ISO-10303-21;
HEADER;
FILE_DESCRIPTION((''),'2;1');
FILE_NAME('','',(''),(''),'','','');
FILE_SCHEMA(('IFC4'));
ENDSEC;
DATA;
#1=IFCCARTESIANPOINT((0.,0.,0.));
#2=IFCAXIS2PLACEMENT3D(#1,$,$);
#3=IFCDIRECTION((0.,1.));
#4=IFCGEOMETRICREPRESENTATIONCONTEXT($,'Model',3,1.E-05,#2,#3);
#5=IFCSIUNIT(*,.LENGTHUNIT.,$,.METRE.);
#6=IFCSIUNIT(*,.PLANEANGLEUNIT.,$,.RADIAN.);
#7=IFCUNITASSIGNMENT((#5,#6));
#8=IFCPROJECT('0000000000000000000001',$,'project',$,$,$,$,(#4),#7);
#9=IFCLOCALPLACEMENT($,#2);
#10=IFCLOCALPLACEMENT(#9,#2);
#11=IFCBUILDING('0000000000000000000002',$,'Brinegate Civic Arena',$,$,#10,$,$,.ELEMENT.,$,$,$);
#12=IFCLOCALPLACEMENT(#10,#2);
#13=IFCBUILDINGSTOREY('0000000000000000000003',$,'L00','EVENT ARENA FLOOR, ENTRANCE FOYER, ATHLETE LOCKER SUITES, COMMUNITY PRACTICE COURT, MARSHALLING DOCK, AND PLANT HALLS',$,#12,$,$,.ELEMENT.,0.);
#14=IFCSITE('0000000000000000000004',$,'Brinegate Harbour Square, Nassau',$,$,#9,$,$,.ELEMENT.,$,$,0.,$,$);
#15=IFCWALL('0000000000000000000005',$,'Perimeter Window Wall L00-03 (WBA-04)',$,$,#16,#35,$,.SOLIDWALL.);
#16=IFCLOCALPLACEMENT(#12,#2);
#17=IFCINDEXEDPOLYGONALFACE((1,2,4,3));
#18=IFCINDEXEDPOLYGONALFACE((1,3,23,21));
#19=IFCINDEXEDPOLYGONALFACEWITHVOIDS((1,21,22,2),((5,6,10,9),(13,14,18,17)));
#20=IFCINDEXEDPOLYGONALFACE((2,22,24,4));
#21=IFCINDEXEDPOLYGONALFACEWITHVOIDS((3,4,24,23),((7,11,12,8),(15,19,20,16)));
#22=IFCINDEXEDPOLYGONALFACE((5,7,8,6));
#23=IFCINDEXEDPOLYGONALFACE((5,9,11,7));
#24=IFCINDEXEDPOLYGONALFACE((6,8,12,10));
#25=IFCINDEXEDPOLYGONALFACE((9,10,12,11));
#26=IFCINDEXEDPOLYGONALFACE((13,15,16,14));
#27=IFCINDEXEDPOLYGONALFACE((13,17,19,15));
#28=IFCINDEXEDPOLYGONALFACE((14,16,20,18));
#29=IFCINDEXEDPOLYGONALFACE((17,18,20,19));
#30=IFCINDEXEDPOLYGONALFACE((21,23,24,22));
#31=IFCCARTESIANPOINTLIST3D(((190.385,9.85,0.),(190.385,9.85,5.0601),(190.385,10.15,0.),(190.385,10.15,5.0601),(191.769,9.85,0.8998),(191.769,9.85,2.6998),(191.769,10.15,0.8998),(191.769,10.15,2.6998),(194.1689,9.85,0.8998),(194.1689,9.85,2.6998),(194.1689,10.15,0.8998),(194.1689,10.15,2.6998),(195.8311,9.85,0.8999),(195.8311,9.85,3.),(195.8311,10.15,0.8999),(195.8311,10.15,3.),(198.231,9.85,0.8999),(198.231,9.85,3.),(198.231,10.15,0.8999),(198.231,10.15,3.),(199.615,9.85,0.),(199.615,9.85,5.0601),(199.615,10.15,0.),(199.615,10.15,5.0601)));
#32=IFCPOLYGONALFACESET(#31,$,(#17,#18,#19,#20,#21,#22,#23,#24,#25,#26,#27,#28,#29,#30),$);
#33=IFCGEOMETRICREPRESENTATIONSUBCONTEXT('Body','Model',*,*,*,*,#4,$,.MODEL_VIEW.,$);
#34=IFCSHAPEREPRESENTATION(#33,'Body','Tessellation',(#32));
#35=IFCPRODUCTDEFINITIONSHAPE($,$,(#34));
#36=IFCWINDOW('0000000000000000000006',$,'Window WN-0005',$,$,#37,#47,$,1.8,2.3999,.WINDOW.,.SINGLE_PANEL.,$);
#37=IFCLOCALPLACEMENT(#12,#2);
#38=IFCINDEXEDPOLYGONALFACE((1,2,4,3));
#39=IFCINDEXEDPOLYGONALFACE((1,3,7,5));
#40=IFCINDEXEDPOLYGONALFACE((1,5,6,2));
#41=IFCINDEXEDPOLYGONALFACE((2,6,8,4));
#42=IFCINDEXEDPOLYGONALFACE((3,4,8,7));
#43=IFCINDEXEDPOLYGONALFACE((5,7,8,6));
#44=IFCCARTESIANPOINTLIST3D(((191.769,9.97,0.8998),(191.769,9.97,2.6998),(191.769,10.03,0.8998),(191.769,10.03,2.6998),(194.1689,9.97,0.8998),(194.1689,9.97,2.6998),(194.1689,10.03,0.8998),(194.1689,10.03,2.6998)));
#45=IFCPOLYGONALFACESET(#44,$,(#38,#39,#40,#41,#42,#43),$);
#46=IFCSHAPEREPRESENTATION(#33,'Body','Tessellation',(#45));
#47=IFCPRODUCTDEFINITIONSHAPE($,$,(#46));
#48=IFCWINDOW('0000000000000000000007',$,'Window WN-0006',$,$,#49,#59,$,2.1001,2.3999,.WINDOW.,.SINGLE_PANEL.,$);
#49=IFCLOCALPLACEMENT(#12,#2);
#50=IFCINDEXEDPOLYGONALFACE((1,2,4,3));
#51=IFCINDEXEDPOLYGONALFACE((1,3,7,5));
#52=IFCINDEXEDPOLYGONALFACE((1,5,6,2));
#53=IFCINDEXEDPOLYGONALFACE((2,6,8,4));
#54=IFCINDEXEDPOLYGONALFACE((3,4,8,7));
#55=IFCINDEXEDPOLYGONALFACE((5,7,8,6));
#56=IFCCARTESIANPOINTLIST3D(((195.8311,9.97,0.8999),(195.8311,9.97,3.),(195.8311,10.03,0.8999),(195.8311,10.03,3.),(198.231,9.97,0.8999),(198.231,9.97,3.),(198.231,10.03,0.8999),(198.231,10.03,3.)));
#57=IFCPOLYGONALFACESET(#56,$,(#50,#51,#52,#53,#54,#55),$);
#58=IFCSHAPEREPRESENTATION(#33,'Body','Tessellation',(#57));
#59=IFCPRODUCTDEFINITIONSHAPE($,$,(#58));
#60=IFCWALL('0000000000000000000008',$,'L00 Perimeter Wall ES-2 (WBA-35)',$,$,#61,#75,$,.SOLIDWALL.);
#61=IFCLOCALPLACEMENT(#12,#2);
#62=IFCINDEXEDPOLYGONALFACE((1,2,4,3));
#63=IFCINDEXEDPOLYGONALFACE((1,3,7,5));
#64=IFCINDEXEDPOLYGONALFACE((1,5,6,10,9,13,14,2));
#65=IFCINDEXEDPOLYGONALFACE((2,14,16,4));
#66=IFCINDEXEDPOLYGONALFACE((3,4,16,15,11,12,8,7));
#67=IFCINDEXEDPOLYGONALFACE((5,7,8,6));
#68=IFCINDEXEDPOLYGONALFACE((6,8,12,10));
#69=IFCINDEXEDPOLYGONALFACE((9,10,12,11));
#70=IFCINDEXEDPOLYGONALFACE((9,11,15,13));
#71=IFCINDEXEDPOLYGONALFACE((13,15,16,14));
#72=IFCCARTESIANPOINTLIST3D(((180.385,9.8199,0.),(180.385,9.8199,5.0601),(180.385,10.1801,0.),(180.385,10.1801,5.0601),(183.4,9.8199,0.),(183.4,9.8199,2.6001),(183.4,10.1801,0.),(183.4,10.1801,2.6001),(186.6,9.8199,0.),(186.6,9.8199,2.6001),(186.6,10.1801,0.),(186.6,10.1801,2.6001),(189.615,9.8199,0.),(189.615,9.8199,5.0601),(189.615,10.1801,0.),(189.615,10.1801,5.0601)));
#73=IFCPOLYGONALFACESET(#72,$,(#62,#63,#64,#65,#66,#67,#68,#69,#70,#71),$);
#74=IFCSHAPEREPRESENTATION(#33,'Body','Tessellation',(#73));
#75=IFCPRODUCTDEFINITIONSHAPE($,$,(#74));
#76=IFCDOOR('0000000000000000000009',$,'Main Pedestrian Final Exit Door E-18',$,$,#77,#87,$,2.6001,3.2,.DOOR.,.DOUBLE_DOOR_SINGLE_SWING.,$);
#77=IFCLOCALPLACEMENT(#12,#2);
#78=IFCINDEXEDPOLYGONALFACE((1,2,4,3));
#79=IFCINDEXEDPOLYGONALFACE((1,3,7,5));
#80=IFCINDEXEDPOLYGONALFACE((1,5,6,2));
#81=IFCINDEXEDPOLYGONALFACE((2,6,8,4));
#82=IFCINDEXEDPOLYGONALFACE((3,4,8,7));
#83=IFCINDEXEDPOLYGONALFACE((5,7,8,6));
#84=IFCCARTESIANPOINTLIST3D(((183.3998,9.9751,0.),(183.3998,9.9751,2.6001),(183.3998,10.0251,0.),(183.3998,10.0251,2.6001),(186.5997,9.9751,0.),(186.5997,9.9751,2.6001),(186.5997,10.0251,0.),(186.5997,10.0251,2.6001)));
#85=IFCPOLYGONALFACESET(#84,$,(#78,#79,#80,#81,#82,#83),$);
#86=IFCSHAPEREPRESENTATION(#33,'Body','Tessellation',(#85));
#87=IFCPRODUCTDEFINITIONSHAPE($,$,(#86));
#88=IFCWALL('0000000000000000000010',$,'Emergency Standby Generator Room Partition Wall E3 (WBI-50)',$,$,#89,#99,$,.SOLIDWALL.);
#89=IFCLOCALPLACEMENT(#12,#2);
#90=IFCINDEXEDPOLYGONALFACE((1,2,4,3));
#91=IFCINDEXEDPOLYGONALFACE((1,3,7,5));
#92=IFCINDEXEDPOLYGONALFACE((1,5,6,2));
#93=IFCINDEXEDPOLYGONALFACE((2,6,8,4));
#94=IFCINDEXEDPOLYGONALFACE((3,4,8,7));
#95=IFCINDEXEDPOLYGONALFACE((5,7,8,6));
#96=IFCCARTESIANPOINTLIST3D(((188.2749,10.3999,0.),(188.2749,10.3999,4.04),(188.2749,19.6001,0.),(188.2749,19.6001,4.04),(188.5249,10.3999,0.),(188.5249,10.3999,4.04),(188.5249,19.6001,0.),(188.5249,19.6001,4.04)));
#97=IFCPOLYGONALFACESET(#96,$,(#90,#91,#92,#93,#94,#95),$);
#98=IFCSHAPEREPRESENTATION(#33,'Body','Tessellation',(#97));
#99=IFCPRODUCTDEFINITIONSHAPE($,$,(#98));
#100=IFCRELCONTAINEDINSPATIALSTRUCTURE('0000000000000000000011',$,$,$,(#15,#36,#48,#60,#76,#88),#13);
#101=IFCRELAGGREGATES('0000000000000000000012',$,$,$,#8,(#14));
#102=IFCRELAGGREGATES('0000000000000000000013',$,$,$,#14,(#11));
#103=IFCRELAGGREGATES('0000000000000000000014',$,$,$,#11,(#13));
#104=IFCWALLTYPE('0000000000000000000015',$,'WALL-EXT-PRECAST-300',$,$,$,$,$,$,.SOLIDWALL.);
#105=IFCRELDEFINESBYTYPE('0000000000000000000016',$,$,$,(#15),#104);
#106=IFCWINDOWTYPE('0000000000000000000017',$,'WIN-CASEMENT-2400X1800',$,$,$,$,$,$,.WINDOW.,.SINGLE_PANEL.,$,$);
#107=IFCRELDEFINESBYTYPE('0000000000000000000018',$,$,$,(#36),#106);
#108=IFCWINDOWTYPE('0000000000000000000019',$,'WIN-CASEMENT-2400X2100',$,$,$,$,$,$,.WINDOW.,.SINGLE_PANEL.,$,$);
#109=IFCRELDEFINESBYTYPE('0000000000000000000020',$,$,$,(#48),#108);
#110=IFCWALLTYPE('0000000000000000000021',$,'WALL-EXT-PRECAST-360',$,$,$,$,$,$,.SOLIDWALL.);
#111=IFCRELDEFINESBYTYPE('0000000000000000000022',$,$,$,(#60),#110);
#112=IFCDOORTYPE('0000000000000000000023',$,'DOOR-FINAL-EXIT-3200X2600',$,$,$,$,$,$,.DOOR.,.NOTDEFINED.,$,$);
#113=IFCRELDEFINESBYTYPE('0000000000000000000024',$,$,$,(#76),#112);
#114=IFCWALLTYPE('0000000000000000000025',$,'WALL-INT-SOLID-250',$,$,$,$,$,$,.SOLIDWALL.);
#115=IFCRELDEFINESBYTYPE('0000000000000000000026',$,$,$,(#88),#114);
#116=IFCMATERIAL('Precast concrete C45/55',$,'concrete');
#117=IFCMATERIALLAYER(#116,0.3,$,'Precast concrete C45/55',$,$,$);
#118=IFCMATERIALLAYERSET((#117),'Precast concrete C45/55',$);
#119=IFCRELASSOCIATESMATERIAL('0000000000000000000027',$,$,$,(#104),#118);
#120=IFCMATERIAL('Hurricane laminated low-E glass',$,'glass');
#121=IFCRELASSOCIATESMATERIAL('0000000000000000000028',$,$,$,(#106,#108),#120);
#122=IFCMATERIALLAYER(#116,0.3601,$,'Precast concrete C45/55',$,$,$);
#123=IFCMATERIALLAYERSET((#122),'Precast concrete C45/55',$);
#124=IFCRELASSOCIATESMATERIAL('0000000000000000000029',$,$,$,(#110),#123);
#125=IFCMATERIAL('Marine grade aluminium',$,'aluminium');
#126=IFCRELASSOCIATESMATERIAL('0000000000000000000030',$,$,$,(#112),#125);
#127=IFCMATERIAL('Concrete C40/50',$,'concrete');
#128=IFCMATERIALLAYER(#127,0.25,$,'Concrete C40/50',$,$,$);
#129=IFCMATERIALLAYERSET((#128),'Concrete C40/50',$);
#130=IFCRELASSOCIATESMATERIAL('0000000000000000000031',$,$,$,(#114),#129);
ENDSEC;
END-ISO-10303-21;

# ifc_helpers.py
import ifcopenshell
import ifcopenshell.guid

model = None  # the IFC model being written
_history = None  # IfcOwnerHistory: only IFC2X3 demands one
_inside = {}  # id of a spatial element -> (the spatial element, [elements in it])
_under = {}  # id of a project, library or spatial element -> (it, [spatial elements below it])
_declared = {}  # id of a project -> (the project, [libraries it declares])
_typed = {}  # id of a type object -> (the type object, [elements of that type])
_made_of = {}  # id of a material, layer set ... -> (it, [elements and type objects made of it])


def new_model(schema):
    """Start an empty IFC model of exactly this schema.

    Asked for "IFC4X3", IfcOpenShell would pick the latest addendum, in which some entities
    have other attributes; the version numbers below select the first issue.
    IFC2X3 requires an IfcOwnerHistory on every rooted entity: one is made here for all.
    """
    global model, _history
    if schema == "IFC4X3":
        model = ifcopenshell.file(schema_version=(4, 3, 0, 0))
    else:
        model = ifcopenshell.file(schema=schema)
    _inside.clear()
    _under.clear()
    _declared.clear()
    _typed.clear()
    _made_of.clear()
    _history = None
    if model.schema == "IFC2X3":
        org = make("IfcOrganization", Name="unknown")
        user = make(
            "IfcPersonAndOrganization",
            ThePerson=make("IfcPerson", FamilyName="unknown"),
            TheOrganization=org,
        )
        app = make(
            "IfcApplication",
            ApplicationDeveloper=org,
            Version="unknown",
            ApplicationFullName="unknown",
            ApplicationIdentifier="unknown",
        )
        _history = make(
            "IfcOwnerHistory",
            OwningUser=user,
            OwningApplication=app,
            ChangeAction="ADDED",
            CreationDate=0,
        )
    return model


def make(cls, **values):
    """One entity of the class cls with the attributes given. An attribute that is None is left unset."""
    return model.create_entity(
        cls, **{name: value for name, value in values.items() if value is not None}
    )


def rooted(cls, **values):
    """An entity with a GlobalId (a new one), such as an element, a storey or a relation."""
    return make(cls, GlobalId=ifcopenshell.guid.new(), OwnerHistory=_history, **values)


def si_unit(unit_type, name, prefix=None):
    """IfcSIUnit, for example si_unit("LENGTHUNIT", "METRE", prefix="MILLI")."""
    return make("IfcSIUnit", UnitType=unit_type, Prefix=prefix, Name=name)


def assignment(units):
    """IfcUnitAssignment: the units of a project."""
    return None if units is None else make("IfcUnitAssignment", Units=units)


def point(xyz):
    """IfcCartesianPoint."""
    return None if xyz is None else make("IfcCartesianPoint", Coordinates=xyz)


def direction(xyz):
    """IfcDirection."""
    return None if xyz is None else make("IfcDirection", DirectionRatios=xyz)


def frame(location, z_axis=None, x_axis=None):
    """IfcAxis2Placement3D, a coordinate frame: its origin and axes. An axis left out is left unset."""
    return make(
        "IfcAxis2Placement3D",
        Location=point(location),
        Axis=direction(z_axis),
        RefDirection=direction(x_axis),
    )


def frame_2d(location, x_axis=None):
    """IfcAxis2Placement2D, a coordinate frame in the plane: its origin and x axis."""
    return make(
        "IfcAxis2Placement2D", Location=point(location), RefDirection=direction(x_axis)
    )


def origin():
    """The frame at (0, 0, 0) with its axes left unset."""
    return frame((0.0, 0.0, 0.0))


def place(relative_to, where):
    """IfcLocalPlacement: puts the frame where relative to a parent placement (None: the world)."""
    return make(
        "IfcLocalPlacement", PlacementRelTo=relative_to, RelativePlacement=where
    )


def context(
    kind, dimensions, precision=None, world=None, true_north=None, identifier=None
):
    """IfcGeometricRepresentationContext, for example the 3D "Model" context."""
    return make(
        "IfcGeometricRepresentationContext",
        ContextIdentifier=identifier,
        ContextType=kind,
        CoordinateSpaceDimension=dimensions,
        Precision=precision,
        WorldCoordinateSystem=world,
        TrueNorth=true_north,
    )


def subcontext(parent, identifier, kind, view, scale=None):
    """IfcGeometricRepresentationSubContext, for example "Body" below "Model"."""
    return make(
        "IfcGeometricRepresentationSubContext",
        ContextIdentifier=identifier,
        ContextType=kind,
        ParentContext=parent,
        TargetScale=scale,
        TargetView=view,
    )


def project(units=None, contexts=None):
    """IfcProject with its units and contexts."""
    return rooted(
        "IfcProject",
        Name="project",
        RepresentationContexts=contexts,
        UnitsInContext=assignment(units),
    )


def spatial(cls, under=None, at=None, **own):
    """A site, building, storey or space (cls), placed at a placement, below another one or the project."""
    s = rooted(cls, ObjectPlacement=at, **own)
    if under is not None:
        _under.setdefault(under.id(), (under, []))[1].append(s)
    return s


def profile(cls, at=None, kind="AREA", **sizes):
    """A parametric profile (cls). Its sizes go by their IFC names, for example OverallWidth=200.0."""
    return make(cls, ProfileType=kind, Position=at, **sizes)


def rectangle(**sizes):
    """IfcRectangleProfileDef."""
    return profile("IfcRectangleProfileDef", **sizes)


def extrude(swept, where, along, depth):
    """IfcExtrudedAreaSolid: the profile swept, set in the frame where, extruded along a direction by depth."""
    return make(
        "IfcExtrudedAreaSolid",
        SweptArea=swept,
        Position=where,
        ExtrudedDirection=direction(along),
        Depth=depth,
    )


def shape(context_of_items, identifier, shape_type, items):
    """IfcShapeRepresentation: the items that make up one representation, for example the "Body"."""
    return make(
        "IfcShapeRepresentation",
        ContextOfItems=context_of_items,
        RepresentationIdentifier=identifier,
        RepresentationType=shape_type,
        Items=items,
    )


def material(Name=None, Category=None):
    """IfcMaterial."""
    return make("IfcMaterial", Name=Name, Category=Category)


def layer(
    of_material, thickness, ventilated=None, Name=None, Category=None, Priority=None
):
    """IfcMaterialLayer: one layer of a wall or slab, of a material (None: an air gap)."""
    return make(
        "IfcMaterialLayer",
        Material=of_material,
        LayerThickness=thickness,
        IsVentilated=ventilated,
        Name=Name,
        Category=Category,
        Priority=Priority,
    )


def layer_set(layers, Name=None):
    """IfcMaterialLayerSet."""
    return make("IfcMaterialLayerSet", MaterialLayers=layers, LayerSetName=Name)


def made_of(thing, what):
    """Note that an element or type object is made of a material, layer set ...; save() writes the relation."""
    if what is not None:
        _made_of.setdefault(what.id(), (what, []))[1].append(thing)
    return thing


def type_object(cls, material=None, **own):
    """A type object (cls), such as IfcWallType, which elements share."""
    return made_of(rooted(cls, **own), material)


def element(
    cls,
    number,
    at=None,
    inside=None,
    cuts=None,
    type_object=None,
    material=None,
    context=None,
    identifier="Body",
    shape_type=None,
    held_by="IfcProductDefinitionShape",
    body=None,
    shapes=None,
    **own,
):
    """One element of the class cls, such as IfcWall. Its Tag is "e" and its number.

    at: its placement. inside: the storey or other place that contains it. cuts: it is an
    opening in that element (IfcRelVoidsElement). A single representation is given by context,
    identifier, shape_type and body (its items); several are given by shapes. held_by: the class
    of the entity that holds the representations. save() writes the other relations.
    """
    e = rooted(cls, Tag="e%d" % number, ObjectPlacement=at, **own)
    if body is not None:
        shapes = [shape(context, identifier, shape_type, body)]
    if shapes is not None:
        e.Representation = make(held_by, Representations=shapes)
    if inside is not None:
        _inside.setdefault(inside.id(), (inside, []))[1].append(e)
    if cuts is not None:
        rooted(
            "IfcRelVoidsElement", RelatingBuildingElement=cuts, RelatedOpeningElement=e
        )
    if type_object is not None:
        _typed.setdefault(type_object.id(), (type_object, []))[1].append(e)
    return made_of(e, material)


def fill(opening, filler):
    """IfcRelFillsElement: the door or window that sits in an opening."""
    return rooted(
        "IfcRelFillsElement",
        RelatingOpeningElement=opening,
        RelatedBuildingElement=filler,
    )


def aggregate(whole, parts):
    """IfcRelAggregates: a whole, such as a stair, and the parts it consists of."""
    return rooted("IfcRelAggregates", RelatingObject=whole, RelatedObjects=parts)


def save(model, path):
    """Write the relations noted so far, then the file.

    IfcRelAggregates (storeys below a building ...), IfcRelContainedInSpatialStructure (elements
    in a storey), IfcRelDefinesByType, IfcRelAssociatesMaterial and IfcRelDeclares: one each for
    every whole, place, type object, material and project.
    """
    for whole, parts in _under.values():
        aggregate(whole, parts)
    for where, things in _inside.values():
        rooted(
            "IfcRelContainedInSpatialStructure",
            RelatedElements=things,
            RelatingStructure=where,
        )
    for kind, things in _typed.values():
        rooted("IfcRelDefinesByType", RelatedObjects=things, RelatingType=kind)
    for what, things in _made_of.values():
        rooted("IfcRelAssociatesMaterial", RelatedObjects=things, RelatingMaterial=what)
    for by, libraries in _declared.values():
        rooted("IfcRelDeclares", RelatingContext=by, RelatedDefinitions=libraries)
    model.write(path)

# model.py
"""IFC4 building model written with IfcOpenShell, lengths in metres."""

from ifc_helpers import new_model, si_unit, direction, frame, frame_2d, origin, place, context, subcontext, project, spatial, rectangle, extrude, material, layer, layer_set, type_object, element, fill, save


model = new_model("IFC4")

# Units and contexts
model_context = context("Model", 3, precision=1e-05, world=origin(), true_north=direction((0.0, 1.0)))
body_context = subcontext(model_context, "Body", "Model", "MODEL_VIEW")
ifc_project = project(units=[si_unit("LENGTHUNIT", "METRE"), si_unit("PLANEANGLEUNIT", "RADIAN")], contexts=[model_context])

# Site, building, storey
site_placement = place(None, origin())
site = spatial("IfcSite", under=ifc_project, at=site_placement, Name="Brinegate Harbour Square, Nassau", CompositionType="ELEMENT", RefElevation=0.0)
building_placement = place(site_placement, origin())
building = spatial("IfcBuilding", under=site, at=building_placement, Name="Brinegate Civic Arena", CompositionType="ELEMENT")
storey_placement = place(building_placement, origin())
storey = spatial("IfcBuildingStorey", under=building, at=storey_placement, Name="L00", Description="EVENT ARENA FLOOR, ENTRANCE FOYER, ATHLETE LOCKER SUITES, COMMUNITY PRACTICE COURT, MARSHALLING DOCK, AND PLANT HALLS", CompositionType="ELEMENT", Elevation=0.0)

# Shared definitions
ifc_material_1 = material(Name="Concrete C40/50", Category="concrete")

# Wall, openings, windows
ifc_material_2 = material(Name="Precast concrete C45/55", Category="concrete")
ifc_layer_1 = layer(ifc_material_2, 0.3, Name="Precast concrete C45/55")
ifc_layer_set_1 = layer_set([ifc_layer_1], Name="Precast concrete C45/55")
wall_type_1 = type_object("IfcWallType", Name="WALL-EXT-PRECAST-300", PredefinedType="SOLIDWALL", material=ifc_layer_set_1)
wall_1_placement = place(storey_placement, frame((190.385, 10.0, 0.0), z_axis=(0.0, 0.0, 1.0), x_axis=(1.0, 0.0, 0.0)))
wall_1 = element("IfcWall", 1, at=wall_1_placement, inside=storey, type_object=wall_type_1, Name="Perimeter Window Wall L00-03 (WBA-04)", PredefinedType="SOLIDWALL", context=body_context, shape_type="SweptSolid", body=[
    extrude(rectangle(XDim=9.23, YDim=0.3, at=frame_2d((4.615, 0.0))), origin(), (0.0, 0.0, 1.0), 5.0601),
])
opening_1_placement = place(wall_1_placement, frame((1.384, 0.0, 0.8999)))
opening_1 = element("IfcOpeningElement", 2, at=opening_1_placement, cuts=wall_1, PredefinedType="OPENING", context=body_context, shape_type="SweptSolid", body=[
    extrude(rectangle(XDim=2.3999, YDim=1.8, at=frame_2d((1.2, 0.8999))), frame((0.0, 0.1599, 0.0), z_axis=(0.0, -1.0, 0.0), x_axis=(1.0, 0.0, 0.0)), (0.0, 0.0, 1.0), 0.3201),
])
opening_2_placement = place(wall_1_placement, frame((5.446, 0.0, 0.8999)))
opening_2 = element("IfcOpeningElement", 3, at=opening_2_placement, cuts=wall_1, PredefinedType="OPENING", context=body_context, shape_type="SweptSolid", body=[
    extrude(rectangle(XDim=2.3999, YDim=2.1001, at=frame_2d((1.2, 1.05))), frame((0.0, 0.1599, 0.0), z_axis=(0.0, -1.0, 0.0), x_axis=(1.0, 0.0, 0.0)), (0.0, 0.0, 1.0), 0.3201),
])
ifc_material_3 = material(Name="Hurricane laminated low-E glass", Category="glass")
window_type_1 = type_object("IfcWindowType", Name="WIN-CASEMENT-2400X1800", PartitioningType="SINGLE_PANEL", PredefinedType="WINDOW", material=ifc_material_3)
window_1_placement = place(opening_1_placement, origin())
window_1 = element("IfcWindow", 4, at=window_1_placement, inside=storey, type_object=window_type_1, Name="Window WN-0005", OverallHeight=1.8, OverallWidth=2.3999, PartitioningType="SINGLE_PANEL", PredefinedType="WINDOW", context=body_context, shape_type="SweptSolid", body=[
    extrude(rectangle(XDim=2.3999, YDim=1.8, at=frame_2d((1.2, 0.8999))), frame((0.0, 0.03, 0.0), z_axis=(0.0, -1.0, 0.0), x_axis=(1.0, 0.0, 0.0)), (0.0, 0.0, 1.0), 0.0601),
])
fill(opening_1, window_1)
window_type_2 = type_object("IfcWindowType", Name="WIN-CASEMENT-2400X2100", PartitioningType="SINGLE_PANEL", PredefinedType="WINDOW", material=ifc_material_3)
window_2_placement = place(opening_2_placement, origin())
window_2 = element("IfcWindow", 5, at=window_2_placement, inside=storey, type_object=window_type_2, Name="Window WN-0006", OverallHeight=2.1001, OverallWidth=2.3999, PartitioningType="SINGLE_PANEL", PredefinedType="WINDOW", context=body_context, shape_type="SweptSolid", body=[
    extrude(rectangle(XDim=2.3999, YDim=2.1001, at=frame_2d((1.2, 1.05))), frame((0.0, 0.03, 0.0), z_axis=(0.0, -1.0, 0.0), x_axis=(1.0, 0.0, 0.0)), (0.0, 0.0, 1.0), 0.0601),
])
fill(opening_2, window_2)

# Wall, opening, door
ifc_layer_2 = layer(ifc_material_2, 0.3601, Name="Precast concrete C45/55")
ifc_layer_set_2 = layer_set([ifc_layer_2], Name="Precast concrete C45/55")
wall_type_2 = type_object("IfcWallType", Name="WALL-EXT-PRECAST-360", PredefinedType="SOLIDWALL", material=ifc_layer_set_2)
wall_2_placement = place(storey_placement, frame((180.385, 10.0, 0.0), z_axis=(0.0, 0.0, 1.0), x_axis=(1.0, 0.0, 0.0)))
wall_2 = element("IfcWall", 6, at=wall_2_placement, inside=storey, type_object=wall_type_2, Name="L00 Perimeter Wall ES-2 (WBA-35)", PredefinedType="SOLIDWALL", context=body_context, shape_type="SweptSolid", body=[
    extrude(rectangle(XDim=9.23, YDim=0.3601, at=frame_2d((4.615, 0.0))), origin(), (0.0, 0.0, 1.0), 5.0601),
])
opening_3_placement = place(wall_2_placement, frame((3.0149, 0.0, 0.0)))
opening_3 = element("IfcOpeningElement", 7, at=opening_3_placement, cuts=wall_2, PredefinedType="OPENING", context=body_context, shape_type="SweptSolid", body=[
    extrude(rectangle(XDim=3.2, YDim=2.6001, at=frame_2d((1.6001, 1.3))), frame((0.0, 0.1899, 0.0), z_axis=(0.0, -1.0, 0.0), x_axis=(1.0, 0.0, 0.0)), (0.0, 0.0, 1.0), 0.3801),
])
ifc_material_4 = material(Name="Marine grade aluminium", Category="aluminium")
door_type = type_object("IfcDoorType", Name="DOOR-FINAL-EXIT-3200X2600", OperationType="NOTDEFINED", PredefinedType="DOOR", material=ifc_material_4)
door_placement = place(opening_3_placement, frame((3.2, 0.0, 0.0), z_axis=(0.0, 0.0, 1.0), x_axis=(-1.0, 0.0, 0.0)))
door = element("IfcDoor", 8, at=door_placement, inside=storey, type_object=door_type, Name="Main Pedestrian Final Exit Door E-18", OperationType="DOUBLE_DOOR_SINGLE_SWING", OverallHeight=2.6001, OverallWidth=3.2, PredefinedType="DOOR", context=body_context, shape_type="SweptSolid", body=[
    extrude(rectangle(XDim=3.2, YDim=2.6001, at=frame_2d((1.6001, 1.3))), frame((0.0, 0.0249, 0.0), z_axis=(0.0, -1.0, 0.0), x_axis=(1.0, 0.0, 0.0)), (0.0, 0.0, 1.0), 0.05),
])
fill(opening_3, door)

# Wall
ifc_layer_3 = layer(ifc_material_1, 0.25, Name="Concrete C40/50")
ifc_layer_set_3 = layer_set([ifc_layer_3], Name="Concrete C40/50")
wall_type_3 = type_object("IfcWallType", Name="WALL-INT-SOLID-250", PredefinedType="SOLIDWALL", material=ifc_layer_set_3)
wall_3_placement = place(storey_placement, frame((188.3999, 10.3999, 0.0), z_axis=(0.0, 0.0, 1.0), x_axis=(0.0, 1.0, 0.0)))
element("IfcWall", 9, at=wall_3_placement, inside=storey, type_object=wall_type_3, Name="Emergency Standby Generator Room Partition Wall E3 (WBI-50)", PredefinedType="SOLIDWALL", context=body_context, shape_type="SweptSolid", body=[
    extrude(rectangle(XDim=9.2002, YDim=0.25, at=frame_2d((4.6001, 0.0))), origin(), (0.0, 0.0, 1.0), 4.04),
])

save(model, "model.ifc")
